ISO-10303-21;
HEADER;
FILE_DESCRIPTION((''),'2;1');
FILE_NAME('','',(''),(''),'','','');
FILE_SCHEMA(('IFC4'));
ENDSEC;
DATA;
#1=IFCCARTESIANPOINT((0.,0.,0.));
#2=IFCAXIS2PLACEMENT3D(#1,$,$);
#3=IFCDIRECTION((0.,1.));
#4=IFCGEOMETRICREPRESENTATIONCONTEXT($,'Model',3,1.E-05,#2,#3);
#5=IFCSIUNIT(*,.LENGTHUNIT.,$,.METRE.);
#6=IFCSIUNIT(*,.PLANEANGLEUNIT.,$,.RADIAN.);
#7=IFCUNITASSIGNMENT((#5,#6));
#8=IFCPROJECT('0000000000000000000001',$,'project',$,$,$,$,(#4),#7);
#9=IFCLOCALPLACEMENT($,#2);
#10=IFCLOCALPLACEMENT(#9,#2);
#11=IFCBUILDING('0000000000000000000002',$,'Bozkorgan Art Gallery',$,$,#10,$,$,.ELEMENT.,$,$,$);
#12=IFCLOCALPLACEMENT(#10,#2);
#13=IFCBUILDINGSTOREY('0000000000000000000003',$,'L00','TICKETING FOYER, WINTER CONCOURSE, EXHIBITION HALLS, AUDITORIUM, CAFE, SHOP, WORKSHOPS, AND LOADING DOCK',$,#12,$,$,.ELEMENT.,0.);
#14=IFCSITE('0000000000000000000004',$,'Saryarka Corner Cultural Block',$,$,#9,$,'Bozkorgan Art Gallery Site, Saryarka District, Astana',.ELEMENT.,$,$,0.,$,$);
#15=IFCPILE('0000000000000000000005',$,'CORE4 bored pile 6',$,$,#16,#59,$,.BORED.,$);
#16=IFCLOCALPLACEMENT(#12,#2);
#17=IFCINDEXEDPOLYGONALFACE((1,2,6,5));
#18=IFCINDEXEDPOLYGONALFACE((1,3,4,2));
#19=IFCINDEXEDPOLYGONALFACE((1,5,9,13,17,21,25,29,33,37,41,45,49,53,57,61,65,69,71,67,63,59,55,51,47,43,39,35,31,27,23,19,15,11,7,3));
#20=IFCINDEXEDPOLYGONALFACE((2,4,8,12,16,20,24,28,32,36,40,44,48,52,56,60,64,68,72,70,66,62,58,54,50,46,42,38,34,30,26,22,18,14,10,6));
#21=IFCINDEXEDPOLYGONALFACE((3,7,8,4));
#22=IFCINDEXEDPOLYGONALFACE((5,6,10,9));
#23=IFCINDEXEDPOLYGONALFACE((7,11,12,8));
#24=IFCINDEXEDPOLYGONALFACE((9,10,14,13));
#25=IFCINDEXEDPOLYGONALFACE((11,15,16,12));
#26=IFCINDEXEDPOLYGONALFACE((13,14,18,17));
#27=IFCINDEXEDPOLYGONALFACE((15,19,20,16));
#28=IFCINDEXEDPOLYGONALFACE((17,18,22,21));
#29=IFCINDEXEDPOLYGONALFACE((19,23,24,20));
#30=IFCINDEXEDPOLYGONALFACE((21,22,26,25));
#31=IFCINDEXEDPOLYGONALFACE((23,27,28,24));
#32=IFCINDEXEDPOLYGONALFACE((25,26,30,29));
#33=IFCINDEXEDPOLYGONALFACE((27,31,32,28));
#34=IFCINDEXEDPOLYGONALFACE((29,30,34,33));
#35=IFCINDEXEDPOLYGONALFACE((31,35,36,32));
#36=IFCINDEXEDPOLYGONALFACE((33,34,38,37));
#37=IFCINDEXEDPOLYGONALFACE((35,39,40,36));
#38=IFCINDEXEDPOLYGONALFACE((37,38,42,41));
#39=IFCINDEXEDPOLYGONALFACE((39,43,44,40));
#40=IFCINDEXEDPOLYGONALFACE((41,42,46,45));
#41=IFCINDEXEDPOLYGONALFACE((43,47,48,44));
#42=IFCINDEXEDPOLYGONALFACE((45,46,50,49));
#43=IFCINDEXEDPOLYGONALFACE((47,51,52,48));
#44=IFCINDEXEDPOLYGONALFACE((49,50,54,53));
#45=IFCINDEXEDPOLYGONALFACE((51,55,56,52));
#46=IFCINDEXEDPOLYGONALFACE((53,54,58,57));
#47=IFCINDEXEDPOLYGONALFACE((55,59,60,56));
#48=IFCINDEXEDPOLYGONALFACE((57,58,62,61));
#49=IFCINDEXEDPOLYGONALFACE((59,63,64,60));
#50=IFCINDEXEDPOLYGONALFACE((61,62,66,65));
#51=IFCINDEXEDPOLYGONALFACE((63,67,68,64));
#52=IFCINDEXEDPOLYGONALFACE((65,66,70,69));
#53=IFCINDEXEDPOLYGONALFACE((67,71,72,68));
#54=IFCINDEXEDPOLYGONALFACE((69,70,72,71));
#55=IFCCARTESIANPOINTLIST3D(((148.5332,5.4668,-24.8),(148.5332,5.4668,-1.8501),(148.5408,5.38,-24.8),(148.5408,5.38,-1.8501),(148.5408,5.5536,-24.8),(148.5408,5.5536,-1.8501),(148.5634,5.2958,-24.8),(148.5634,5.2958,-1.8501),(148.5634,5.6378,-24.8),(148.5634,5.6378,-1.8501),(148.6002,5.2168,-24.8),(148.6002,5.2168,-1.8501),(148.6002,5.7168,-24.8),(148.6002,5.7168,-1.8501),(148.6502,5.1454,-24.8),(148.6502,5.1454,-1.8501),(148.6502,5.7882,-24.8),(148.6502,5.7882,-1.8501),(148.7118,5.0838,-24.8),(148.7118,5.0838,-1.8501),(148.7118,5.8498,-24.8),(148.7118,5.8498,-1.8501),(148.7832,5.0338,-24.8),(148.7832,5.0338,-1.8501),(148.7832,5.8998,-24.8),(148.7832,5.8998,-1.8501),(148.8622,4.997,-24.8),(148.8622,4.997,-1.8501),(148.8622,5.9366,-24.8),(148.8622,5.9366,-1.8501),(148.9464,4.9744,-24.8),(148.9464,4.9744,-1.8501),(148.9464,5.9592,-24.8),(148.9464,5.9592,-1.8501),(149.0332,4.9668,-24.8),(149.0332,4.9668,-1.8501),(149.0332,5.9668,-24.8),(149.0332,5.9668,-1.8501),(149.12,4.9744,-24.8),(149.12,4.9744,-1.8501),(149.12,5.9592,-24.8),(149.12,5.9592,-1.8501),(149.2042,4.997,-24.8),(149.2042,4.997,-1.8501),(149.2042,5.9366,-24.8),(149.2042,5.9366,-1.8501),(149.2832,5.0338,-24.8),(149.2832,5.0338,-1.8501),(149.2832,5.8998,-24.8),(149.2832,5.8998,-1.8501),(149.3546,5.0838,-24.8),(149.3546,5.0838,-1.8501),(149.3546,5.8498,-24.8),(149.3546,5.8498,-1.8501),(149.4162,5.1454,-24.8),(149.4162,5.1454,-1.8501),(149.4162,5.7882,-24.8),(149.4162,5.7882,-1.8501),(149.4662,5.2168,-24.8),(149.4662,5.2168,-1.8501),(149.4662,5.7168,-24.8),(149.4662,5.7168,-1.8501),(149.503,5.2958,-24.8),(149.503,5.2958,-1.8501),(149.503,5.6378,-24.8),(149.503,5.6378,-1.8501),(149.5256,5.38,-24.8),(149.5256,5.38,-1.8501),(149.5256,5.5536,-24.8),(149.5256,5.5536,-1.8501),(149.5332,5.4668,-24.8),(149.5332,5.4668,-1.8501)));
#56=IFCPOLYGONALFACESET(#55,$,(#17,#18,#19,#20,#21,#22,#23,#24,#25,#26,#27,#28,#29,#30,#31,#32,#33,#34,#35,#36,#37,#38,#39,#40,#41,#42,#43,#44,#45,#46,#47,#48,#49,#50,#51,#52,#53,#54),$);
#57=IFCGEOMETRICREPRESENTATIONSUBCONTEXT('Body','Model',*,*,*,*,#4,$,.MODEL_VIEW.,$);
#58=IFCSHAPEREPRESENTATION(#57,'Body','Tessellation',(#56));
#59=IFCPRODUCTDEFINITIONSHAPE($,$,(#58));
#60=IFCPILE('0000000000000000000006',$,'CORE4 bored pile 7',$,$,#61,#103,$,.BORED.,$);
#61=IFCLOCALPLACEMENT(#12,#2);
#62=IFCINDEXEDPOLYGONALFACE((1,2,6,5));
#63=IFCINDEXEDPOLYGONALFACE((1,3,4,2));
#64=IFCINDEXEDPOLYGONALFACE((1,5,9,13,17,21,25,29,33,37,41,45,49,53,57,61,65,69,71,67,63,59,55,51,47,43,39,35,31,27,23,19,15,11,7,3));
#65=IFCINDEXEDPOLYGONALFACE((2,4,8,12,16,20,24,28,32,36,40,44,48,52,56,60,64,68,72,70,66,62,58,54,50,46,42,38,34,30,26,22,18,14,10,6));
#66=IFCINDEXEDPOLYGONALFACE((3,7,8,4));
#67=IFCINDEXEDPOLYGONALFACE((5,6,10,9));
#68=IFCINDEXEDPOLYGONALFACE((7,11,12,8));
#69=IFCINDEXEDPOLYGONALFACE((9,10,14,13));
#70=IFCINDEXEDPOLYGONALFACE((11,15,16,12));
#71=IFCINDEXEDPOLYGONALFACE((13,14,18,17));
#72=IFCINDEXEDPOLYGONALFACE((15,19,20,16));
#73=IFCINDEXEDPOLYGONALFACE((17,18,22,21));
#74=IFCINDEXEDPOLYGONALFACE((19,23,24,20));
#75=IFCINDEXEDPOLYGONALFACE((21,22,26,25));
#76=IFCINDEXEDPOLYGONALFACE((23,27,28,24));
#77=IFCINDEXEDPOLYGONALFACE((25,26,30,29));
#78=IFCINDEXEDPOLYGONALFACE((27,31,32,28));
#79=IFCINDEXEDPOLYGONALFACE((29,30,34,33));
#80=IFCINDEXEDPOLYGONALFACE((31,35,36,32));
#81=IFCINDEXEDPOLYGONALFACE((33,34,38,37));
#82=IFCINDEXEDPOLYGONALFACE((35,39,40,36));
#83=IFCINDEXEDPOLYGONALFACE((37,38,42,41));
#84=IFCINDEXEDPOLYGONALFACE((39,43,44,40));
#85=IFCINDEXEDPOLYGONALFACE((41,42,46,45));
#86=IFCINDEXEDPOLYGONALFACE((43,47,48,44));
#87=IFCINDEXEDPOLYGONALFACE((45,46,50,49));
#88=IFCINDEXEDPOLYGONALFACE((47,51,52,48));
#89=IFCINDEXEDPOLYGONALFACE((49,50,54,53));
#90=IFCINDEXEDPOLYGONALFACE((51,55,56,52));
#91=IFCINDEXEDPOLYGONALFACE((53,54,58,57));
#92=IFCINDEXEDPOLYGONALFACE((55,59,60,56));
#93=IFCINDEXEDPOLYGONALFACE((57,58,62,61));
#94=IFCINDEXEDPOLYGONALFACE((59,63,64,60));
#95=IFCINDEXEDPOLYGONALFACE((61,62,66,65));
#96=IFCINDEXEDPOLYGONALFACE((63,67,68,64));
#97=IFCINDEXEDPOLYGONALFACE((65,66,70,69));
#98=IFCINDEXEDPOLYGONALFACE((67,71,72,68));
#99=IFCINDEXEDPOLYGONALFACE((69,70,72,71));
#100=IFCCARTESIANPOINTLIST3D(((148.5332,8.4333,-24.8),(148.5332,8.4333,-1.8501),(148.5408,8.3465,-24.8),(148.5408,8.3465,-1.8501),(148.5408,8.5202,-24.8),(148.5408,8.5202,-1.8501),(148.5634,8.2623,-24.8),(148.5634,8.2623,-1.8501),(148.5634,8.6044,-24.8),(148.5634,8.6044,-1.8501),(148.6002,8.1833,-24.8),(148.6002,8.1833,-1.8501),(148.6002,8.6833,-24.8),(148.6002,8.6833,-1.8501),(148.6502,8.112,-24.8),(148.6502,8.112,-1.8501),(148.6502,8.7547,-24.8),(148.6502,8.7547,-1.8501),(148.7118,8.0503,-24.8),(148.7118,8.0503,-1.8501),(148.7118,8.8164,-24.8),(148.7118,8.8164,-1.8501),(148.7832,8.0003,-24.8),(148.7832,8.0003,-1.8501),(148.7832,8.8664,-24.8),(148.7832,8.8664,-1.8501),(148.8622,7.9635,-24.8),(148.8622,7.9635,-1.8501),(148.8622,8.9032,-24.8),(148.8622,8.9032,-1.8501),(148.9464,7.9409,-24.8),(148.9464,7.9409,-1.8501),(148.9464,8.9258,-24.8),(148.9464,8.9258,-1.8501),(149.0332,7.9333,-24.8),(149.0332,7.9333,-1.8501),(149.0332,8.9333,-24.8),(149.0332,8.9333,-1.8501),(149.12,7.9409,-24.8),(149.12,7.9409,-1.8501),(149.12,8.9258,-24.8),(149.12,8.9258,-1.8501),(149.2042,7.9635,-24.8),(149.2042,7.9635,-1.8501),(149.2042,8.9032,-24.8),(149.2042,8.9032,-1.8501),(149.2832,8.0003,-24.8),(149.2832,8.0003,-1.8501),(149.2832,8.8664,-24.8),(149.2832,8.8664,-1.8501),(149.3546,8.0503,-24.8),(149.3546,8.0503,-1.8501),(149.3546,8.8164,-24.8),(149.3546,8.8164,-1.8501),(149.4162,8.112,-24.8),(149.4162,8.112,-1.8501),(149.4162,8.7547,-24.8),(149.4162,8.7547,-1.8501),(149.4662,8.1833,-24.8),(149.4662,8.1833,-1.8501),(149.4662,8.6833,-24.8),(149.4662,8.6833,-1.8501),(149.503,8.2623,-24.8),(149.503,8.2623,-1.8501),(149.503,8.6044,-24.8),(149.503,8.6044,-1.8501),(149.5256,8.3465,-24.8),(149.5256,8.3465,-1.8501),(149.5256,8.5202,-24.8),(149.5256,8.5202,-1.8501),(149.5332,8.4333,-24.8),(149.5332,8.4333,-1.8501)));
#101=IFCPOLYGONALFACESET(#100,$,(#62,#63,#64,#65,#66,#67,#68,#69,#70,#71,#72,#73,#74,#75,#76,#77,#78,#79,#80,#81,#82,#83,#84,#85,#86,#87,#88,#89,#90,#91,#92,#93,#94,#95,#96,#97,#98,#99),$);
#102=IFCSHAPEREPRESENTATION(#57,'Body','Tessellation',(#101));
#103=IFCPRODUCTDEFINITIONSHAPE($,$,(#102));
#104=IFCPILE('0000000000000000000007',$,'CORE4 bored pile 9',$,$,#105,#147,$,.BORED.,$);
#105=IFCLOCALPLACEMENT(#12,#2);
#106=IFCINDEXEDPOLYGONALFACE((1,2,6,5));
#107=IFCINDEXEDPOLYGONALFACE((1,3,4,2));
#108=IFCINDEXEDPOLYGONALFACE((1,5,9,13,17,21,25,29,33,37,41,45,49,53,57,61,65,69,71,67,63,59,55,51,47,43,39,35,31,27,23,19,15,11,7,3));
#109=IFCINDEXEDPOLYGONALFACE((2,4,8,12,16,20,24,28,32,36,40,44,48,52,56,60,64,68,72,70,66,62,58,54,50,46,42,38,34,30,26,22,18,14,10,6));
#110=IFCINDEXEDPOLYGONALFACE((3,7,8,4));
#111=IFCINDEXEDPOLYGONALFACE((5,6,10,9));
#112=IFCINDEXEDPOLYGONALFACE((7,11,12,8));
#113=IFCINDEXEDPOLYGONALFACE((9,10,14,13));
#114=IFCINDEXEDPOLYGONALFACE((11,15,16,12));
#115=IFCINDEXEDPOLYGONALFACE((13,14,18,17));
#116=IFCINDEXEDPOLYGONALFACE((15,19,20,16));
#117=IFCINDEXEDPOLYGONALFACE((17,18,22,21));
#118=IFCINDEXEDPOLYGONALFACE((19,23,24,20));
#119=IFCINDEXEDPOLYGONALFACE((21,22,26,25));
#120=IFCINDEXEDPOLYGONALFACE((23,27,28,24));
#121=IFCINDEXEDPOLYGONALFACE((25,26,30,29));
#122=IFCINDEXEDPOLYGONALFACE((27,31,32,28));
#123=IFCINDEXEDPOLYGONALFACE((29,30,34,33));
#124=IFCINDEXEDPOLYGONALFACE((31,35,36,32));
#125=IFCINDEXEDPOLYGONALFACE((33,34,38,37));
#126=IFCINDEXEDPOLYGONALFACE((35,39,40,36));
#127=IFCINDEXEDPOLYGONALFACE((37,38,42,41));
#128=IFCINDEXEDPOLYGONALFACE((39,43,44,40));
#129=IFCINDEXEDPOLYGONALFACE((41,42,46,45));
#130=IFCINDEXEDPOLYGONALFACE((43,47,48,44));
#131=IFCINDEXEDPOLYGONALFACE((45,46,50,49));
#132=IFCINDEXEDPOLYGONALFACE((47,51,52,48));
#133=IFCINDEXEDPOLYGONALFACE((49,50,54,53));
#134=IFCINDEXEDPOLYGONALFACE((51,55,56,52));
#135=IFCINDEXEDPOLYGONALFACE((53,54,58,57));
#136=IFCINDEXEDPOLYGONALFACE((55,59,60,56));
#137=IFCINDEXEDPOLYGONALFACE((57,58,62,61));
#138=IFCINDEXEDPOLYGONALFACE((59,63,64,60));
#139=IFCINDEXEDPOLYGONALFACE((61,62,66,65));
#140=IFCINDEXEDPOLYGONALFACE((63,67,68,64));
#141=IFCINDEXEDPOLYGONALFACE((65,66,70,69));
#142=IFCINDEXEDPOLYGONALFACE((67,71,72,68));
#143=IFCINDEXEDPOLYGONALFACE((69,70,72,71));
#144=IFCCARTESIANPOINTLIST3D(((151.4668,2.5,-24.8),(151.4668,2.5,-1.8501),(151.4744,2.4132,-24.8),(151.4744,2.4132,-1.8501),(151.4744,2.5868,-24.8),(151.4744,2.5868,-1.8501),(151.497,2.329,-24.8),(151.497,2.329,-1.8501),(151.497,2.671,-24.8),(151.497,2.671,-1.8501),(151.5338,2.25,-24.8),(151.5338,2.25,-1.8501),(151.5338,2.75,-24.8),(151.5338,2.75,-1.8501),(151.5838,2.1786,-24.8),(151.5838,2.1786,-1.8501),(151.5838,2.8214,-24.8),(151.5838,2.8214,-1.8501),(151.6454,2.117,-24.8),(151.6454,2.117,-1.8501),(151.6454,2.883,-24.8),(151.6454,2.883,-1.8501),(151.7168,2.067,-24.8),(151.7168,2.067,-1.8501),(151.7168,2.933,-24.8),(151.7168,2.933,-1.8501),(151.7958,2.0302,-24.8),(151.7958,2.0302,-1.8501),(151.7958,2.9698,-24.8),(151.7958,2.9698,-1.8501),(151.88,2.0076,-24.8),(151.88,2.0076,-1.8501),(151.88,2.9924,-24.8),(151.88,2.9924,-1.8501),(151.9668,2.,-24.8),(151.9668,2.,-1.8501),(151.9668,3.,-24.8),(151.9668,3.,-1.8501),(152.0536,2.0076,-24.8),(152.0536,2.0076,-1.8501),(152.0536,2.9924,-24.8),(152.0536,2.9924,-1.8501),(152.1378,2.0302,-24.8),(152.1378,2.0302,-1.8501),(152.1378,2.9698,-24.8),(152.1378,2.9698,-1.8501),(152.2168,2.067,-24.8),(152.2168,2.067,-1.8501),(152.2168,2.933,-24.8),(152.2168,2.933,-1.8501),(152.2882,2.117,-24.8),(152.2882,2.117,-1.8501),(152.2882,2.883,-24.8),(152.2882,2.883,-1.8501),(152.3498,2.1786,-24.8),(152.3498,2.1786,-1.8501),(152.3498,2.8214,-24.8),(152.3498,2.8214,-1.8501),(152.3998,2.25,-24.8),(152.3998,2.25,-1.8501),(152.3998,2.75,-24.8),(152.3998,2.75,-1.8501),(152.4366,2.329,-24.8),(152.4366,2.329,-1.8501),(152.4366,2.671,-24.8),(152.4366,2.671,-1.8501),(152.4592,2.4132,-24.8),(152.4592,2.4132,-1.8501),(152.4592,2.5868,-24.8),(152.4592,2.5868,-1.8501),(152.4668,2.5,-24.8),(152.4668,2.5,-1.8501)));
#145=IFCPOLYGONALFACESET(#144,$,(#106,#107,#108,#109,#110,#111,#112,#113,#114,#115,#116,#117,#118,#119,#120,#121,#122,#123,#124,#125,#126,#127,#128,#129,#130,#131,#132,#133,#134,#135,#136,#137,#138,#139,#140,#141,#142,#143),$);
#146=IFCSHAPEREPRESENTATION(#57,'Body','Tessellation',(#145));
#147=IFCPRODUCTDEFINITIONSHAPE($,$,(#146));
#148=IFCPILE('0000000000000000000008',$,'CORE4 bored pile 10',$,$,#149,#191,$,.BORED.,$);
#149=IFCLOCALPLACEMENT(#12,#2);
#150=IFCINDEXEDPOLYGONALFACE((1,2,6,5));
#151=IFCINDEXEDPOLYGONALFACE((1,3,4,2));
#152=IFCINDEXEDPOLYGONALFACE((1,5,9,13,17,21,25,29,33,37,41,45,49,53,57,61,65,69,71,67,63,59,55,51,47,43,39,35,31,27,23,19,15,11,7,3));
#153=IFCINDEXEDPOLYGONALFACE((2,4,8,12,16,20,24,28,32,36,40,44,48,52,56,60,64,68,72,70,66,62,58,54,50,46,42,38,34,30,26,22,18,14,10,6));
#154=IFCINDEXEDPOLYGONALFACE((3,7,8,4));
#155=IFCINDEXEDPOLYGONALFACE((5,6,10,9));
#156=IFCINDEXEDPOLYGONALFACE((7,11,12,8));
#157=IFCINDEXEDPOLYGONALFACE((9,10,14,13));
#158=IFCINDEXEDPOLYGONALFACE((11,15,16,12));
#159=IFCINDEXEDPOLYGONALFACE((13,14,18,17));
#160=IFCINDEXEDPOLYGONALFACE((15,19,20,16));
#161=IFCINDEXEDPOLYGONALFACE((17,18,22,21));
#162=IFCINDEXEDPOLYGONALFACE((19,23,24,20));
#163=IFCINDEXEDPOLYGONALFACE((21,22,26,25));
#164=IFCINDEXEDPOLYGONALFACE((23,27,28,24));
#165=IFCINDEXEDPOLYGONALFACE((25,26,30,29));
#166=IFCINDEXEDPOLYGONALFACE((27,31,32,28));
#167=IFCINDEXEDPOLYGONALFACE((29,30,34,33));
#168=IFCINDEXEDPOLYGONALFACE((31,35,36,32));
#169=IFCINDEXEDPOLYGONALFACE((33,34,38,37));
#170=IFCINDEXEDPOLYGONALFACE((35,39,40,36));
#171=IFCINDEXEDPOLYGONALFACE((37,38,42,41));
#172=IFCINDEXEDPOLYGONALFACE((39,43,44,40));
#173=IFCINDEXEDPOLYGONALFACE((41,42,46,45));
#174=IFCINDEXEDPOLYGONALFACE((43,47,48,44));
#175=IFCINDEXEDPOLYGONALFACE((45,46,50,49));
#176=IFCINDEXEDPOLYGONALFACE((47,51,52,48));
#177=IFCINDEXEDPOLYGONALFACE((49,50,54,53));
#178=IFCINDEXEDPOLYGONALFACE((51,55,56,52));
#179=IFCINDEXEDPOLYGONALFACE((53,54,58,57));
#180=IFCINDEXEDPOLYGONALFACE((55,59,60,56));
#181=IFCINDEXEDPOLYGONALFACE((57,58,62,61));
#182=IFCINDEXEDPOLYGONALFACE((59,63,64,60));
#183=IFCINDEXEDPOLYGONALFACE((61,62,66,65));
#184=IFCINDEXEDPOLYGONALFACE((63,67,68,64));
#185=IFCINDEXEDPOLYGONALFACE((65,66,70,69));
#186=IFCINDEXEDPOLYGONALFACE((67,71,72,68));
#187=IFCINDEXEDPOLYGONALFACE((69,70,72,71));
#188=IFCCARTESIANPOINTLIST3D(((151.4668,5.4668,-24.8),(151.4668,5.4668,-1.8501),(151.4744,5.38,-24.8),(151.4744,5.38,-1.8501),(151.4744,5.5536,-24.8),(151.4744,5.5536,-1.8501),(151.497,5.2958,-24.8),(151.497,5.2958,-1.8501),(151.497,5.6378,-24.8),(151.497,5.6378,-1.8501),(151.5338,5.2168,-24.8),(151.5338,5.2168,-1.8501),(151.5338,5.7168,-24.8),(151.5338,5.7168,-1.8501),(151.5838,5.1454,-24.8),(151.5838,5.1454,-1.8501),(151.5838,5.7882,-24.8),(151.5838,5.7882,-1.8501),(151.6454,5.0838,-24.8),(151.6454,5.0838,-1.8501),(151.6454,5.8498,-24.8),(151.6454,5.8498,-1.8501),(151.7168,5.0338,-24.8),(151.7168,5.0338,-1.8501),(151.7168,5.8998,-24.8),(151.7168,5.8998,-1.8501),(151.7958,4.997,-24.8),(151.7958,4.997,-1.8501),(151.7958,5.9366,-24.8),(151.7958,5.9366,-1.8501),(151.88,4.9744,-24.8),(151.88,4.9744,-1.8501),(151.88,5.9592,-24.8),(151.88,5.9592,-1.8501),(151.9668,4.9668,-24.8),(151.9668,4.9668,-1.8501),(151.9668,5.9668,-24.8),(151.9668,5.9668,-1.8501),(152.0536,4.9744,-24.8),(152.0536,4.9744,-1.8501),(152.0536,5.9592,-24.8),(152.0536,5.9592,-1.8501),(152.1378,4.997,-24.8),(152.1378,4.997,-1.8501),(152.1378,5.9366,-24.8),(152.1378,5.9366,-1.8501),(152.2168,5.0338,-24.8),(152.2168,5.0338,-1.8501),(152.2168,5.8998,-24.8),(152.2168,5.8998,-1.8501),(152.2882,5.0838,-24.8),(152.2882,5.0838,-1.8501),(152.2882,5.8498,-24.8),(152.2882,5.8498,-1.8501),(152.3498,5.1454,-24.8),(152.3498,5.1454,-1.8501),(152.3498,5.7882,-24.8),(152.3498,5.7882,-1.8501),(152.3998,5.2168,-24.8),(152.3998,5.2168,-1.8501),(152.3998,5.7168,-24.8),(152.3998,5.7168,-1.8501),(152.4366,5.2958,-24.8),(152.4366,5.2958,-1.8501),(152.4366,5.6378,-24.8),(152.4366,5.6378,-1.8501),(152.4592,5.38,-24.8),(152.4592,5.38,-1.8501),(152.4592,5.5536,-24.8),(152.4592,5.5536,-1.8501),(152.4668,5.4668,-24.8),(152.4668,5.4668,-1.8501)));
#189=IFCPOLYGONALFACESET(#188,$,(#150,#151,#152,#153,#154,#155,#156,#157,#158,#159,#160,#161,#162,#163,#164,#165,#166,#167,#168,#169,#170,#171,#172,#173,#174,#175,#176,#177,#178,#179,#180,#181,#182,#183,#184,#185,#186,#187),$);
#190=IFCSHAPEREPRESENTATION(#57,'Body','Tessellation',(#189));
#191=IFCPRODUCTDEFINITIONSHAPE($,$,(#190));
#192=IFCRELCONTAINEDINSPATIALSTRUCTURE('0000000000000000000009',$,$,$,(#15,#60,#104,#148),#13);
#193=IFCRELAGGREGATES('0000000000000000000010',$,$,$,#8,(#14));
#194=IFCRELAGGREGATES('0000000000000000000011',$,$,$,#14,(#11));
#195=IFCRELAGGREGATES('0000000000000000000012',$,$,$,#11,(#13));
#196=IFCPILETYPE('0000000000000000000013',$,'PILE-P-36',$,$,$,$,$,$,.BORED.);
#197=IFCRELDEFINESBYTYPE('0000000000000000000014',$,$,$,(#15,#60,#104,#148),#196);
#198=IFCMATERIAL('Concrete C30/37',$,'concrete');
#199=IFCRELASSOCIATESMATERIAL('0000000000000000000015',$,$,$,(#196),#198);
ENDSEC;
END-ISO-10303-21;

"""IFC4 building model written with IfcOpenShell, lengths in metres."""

from ifc_helpers import new_model, si_unit, direction, frame, origin, origin_2d, place, context, subcontext, project, spatial, circle, extrude, material, material_profile, profile_set, type_object, element, save


model = new_model("IFC4")

# Units and contexts
model_context = context("Model", 3, precision=1e-05, world=origin(), true_north=direction((0.0, 1.0)))
body_context = subcontext(model_context, "Body", "Model", "MODEL_VIEW")
ifc_project = project(units=[si_unit("LENGTHUNIT", "METRE"), si_unit("PLANEANGLEUNIT", "RADIAN")], contexts=[model_context])

# Site, building, storey
site_placement = place(None, origin())
site = spatial("IfcSite", under=ifc_project, at=site_placement, Name="Saryarka Corner Cultural Block", LongName="Bozkorgan Art Gallery Site, Saryarka District, Astana", CompositionType="ELEMENT", RefElevation=0.0)
building_placement = place(site_placement, origin())
building = spatial("IfcBuilding", under=site, at=building_placement, Name="Bozkorgan Art Gallery", CompositionType="ELEMENT")
storey_placement = place(building_placement, origin())
storey = spatial("IfcBuildingStorey", under=building, at=storey_placement, Name="L00", Description="TICKETING FOYER, WINTER CONCOURSE, EXHIBITION HALLS, AUDITORIUM, CAFE, SHOP, WORKSHOPS, AND LOADING DOCK", CompositionType="ELEMENT", Elevation=0.0)

# Shared definitions
ifc_material_1 = material(Name="Concrete C30/37", Category="concrete")

# Piles
ifc_material_profile_1 = material_profile(ifc_material_1, circle(Radius=0.5, at=origin_2d()), Name="PILE D1000")
ifc_profile_set_1 = profile_set([ifc_material_profile_1], Name="Concrete C30/37")
pile_type = type_object("IfcPileType", Name="PILE-P-36", PredefinedType="BORED", material=ifc_profile_set_1)
for number, where, z_axis, x_axis, name in (
    (1, (149.0332, 5.4668, -1.8501), (0.0, 0.0, -1.0), (1.0, 0.0, 0.0), "CORE4 bored pile 6"),
    (2, (149.0332, 8.4333, -1.8501), (0.0, 0.0, -1.0), (1.0, 0.0, 0.0), "CORE4 bored pile 7"),
    (3, (151.9668, 2.5, -1.8501), (0.0, 0.0, -1.0), (1.0, 0.0, 0.0), "CORE4 bored pile 9"),
    (4, (151.9668, 5.4668, -1.8501), (0.0, 0.0, -1.0), (1.0, 0.0, 0.0), "CORE4 bored pile 10"),
):
    element("IfcPile", number, at=place(storey_placement, frame(where, z_axis=z_axis, x_axis=x_axis)), inside=storey, type_object=pile_type, Name=name, PredefinedType="BORED", context=body_context, shape_type="SweptSolid", body=[
        extrude(circle(Radius=0.5, at=origin_2d()), origin(), (0.0, 0.0, 1.0), 22.95),
    ])

save(model, "model.ifc")
